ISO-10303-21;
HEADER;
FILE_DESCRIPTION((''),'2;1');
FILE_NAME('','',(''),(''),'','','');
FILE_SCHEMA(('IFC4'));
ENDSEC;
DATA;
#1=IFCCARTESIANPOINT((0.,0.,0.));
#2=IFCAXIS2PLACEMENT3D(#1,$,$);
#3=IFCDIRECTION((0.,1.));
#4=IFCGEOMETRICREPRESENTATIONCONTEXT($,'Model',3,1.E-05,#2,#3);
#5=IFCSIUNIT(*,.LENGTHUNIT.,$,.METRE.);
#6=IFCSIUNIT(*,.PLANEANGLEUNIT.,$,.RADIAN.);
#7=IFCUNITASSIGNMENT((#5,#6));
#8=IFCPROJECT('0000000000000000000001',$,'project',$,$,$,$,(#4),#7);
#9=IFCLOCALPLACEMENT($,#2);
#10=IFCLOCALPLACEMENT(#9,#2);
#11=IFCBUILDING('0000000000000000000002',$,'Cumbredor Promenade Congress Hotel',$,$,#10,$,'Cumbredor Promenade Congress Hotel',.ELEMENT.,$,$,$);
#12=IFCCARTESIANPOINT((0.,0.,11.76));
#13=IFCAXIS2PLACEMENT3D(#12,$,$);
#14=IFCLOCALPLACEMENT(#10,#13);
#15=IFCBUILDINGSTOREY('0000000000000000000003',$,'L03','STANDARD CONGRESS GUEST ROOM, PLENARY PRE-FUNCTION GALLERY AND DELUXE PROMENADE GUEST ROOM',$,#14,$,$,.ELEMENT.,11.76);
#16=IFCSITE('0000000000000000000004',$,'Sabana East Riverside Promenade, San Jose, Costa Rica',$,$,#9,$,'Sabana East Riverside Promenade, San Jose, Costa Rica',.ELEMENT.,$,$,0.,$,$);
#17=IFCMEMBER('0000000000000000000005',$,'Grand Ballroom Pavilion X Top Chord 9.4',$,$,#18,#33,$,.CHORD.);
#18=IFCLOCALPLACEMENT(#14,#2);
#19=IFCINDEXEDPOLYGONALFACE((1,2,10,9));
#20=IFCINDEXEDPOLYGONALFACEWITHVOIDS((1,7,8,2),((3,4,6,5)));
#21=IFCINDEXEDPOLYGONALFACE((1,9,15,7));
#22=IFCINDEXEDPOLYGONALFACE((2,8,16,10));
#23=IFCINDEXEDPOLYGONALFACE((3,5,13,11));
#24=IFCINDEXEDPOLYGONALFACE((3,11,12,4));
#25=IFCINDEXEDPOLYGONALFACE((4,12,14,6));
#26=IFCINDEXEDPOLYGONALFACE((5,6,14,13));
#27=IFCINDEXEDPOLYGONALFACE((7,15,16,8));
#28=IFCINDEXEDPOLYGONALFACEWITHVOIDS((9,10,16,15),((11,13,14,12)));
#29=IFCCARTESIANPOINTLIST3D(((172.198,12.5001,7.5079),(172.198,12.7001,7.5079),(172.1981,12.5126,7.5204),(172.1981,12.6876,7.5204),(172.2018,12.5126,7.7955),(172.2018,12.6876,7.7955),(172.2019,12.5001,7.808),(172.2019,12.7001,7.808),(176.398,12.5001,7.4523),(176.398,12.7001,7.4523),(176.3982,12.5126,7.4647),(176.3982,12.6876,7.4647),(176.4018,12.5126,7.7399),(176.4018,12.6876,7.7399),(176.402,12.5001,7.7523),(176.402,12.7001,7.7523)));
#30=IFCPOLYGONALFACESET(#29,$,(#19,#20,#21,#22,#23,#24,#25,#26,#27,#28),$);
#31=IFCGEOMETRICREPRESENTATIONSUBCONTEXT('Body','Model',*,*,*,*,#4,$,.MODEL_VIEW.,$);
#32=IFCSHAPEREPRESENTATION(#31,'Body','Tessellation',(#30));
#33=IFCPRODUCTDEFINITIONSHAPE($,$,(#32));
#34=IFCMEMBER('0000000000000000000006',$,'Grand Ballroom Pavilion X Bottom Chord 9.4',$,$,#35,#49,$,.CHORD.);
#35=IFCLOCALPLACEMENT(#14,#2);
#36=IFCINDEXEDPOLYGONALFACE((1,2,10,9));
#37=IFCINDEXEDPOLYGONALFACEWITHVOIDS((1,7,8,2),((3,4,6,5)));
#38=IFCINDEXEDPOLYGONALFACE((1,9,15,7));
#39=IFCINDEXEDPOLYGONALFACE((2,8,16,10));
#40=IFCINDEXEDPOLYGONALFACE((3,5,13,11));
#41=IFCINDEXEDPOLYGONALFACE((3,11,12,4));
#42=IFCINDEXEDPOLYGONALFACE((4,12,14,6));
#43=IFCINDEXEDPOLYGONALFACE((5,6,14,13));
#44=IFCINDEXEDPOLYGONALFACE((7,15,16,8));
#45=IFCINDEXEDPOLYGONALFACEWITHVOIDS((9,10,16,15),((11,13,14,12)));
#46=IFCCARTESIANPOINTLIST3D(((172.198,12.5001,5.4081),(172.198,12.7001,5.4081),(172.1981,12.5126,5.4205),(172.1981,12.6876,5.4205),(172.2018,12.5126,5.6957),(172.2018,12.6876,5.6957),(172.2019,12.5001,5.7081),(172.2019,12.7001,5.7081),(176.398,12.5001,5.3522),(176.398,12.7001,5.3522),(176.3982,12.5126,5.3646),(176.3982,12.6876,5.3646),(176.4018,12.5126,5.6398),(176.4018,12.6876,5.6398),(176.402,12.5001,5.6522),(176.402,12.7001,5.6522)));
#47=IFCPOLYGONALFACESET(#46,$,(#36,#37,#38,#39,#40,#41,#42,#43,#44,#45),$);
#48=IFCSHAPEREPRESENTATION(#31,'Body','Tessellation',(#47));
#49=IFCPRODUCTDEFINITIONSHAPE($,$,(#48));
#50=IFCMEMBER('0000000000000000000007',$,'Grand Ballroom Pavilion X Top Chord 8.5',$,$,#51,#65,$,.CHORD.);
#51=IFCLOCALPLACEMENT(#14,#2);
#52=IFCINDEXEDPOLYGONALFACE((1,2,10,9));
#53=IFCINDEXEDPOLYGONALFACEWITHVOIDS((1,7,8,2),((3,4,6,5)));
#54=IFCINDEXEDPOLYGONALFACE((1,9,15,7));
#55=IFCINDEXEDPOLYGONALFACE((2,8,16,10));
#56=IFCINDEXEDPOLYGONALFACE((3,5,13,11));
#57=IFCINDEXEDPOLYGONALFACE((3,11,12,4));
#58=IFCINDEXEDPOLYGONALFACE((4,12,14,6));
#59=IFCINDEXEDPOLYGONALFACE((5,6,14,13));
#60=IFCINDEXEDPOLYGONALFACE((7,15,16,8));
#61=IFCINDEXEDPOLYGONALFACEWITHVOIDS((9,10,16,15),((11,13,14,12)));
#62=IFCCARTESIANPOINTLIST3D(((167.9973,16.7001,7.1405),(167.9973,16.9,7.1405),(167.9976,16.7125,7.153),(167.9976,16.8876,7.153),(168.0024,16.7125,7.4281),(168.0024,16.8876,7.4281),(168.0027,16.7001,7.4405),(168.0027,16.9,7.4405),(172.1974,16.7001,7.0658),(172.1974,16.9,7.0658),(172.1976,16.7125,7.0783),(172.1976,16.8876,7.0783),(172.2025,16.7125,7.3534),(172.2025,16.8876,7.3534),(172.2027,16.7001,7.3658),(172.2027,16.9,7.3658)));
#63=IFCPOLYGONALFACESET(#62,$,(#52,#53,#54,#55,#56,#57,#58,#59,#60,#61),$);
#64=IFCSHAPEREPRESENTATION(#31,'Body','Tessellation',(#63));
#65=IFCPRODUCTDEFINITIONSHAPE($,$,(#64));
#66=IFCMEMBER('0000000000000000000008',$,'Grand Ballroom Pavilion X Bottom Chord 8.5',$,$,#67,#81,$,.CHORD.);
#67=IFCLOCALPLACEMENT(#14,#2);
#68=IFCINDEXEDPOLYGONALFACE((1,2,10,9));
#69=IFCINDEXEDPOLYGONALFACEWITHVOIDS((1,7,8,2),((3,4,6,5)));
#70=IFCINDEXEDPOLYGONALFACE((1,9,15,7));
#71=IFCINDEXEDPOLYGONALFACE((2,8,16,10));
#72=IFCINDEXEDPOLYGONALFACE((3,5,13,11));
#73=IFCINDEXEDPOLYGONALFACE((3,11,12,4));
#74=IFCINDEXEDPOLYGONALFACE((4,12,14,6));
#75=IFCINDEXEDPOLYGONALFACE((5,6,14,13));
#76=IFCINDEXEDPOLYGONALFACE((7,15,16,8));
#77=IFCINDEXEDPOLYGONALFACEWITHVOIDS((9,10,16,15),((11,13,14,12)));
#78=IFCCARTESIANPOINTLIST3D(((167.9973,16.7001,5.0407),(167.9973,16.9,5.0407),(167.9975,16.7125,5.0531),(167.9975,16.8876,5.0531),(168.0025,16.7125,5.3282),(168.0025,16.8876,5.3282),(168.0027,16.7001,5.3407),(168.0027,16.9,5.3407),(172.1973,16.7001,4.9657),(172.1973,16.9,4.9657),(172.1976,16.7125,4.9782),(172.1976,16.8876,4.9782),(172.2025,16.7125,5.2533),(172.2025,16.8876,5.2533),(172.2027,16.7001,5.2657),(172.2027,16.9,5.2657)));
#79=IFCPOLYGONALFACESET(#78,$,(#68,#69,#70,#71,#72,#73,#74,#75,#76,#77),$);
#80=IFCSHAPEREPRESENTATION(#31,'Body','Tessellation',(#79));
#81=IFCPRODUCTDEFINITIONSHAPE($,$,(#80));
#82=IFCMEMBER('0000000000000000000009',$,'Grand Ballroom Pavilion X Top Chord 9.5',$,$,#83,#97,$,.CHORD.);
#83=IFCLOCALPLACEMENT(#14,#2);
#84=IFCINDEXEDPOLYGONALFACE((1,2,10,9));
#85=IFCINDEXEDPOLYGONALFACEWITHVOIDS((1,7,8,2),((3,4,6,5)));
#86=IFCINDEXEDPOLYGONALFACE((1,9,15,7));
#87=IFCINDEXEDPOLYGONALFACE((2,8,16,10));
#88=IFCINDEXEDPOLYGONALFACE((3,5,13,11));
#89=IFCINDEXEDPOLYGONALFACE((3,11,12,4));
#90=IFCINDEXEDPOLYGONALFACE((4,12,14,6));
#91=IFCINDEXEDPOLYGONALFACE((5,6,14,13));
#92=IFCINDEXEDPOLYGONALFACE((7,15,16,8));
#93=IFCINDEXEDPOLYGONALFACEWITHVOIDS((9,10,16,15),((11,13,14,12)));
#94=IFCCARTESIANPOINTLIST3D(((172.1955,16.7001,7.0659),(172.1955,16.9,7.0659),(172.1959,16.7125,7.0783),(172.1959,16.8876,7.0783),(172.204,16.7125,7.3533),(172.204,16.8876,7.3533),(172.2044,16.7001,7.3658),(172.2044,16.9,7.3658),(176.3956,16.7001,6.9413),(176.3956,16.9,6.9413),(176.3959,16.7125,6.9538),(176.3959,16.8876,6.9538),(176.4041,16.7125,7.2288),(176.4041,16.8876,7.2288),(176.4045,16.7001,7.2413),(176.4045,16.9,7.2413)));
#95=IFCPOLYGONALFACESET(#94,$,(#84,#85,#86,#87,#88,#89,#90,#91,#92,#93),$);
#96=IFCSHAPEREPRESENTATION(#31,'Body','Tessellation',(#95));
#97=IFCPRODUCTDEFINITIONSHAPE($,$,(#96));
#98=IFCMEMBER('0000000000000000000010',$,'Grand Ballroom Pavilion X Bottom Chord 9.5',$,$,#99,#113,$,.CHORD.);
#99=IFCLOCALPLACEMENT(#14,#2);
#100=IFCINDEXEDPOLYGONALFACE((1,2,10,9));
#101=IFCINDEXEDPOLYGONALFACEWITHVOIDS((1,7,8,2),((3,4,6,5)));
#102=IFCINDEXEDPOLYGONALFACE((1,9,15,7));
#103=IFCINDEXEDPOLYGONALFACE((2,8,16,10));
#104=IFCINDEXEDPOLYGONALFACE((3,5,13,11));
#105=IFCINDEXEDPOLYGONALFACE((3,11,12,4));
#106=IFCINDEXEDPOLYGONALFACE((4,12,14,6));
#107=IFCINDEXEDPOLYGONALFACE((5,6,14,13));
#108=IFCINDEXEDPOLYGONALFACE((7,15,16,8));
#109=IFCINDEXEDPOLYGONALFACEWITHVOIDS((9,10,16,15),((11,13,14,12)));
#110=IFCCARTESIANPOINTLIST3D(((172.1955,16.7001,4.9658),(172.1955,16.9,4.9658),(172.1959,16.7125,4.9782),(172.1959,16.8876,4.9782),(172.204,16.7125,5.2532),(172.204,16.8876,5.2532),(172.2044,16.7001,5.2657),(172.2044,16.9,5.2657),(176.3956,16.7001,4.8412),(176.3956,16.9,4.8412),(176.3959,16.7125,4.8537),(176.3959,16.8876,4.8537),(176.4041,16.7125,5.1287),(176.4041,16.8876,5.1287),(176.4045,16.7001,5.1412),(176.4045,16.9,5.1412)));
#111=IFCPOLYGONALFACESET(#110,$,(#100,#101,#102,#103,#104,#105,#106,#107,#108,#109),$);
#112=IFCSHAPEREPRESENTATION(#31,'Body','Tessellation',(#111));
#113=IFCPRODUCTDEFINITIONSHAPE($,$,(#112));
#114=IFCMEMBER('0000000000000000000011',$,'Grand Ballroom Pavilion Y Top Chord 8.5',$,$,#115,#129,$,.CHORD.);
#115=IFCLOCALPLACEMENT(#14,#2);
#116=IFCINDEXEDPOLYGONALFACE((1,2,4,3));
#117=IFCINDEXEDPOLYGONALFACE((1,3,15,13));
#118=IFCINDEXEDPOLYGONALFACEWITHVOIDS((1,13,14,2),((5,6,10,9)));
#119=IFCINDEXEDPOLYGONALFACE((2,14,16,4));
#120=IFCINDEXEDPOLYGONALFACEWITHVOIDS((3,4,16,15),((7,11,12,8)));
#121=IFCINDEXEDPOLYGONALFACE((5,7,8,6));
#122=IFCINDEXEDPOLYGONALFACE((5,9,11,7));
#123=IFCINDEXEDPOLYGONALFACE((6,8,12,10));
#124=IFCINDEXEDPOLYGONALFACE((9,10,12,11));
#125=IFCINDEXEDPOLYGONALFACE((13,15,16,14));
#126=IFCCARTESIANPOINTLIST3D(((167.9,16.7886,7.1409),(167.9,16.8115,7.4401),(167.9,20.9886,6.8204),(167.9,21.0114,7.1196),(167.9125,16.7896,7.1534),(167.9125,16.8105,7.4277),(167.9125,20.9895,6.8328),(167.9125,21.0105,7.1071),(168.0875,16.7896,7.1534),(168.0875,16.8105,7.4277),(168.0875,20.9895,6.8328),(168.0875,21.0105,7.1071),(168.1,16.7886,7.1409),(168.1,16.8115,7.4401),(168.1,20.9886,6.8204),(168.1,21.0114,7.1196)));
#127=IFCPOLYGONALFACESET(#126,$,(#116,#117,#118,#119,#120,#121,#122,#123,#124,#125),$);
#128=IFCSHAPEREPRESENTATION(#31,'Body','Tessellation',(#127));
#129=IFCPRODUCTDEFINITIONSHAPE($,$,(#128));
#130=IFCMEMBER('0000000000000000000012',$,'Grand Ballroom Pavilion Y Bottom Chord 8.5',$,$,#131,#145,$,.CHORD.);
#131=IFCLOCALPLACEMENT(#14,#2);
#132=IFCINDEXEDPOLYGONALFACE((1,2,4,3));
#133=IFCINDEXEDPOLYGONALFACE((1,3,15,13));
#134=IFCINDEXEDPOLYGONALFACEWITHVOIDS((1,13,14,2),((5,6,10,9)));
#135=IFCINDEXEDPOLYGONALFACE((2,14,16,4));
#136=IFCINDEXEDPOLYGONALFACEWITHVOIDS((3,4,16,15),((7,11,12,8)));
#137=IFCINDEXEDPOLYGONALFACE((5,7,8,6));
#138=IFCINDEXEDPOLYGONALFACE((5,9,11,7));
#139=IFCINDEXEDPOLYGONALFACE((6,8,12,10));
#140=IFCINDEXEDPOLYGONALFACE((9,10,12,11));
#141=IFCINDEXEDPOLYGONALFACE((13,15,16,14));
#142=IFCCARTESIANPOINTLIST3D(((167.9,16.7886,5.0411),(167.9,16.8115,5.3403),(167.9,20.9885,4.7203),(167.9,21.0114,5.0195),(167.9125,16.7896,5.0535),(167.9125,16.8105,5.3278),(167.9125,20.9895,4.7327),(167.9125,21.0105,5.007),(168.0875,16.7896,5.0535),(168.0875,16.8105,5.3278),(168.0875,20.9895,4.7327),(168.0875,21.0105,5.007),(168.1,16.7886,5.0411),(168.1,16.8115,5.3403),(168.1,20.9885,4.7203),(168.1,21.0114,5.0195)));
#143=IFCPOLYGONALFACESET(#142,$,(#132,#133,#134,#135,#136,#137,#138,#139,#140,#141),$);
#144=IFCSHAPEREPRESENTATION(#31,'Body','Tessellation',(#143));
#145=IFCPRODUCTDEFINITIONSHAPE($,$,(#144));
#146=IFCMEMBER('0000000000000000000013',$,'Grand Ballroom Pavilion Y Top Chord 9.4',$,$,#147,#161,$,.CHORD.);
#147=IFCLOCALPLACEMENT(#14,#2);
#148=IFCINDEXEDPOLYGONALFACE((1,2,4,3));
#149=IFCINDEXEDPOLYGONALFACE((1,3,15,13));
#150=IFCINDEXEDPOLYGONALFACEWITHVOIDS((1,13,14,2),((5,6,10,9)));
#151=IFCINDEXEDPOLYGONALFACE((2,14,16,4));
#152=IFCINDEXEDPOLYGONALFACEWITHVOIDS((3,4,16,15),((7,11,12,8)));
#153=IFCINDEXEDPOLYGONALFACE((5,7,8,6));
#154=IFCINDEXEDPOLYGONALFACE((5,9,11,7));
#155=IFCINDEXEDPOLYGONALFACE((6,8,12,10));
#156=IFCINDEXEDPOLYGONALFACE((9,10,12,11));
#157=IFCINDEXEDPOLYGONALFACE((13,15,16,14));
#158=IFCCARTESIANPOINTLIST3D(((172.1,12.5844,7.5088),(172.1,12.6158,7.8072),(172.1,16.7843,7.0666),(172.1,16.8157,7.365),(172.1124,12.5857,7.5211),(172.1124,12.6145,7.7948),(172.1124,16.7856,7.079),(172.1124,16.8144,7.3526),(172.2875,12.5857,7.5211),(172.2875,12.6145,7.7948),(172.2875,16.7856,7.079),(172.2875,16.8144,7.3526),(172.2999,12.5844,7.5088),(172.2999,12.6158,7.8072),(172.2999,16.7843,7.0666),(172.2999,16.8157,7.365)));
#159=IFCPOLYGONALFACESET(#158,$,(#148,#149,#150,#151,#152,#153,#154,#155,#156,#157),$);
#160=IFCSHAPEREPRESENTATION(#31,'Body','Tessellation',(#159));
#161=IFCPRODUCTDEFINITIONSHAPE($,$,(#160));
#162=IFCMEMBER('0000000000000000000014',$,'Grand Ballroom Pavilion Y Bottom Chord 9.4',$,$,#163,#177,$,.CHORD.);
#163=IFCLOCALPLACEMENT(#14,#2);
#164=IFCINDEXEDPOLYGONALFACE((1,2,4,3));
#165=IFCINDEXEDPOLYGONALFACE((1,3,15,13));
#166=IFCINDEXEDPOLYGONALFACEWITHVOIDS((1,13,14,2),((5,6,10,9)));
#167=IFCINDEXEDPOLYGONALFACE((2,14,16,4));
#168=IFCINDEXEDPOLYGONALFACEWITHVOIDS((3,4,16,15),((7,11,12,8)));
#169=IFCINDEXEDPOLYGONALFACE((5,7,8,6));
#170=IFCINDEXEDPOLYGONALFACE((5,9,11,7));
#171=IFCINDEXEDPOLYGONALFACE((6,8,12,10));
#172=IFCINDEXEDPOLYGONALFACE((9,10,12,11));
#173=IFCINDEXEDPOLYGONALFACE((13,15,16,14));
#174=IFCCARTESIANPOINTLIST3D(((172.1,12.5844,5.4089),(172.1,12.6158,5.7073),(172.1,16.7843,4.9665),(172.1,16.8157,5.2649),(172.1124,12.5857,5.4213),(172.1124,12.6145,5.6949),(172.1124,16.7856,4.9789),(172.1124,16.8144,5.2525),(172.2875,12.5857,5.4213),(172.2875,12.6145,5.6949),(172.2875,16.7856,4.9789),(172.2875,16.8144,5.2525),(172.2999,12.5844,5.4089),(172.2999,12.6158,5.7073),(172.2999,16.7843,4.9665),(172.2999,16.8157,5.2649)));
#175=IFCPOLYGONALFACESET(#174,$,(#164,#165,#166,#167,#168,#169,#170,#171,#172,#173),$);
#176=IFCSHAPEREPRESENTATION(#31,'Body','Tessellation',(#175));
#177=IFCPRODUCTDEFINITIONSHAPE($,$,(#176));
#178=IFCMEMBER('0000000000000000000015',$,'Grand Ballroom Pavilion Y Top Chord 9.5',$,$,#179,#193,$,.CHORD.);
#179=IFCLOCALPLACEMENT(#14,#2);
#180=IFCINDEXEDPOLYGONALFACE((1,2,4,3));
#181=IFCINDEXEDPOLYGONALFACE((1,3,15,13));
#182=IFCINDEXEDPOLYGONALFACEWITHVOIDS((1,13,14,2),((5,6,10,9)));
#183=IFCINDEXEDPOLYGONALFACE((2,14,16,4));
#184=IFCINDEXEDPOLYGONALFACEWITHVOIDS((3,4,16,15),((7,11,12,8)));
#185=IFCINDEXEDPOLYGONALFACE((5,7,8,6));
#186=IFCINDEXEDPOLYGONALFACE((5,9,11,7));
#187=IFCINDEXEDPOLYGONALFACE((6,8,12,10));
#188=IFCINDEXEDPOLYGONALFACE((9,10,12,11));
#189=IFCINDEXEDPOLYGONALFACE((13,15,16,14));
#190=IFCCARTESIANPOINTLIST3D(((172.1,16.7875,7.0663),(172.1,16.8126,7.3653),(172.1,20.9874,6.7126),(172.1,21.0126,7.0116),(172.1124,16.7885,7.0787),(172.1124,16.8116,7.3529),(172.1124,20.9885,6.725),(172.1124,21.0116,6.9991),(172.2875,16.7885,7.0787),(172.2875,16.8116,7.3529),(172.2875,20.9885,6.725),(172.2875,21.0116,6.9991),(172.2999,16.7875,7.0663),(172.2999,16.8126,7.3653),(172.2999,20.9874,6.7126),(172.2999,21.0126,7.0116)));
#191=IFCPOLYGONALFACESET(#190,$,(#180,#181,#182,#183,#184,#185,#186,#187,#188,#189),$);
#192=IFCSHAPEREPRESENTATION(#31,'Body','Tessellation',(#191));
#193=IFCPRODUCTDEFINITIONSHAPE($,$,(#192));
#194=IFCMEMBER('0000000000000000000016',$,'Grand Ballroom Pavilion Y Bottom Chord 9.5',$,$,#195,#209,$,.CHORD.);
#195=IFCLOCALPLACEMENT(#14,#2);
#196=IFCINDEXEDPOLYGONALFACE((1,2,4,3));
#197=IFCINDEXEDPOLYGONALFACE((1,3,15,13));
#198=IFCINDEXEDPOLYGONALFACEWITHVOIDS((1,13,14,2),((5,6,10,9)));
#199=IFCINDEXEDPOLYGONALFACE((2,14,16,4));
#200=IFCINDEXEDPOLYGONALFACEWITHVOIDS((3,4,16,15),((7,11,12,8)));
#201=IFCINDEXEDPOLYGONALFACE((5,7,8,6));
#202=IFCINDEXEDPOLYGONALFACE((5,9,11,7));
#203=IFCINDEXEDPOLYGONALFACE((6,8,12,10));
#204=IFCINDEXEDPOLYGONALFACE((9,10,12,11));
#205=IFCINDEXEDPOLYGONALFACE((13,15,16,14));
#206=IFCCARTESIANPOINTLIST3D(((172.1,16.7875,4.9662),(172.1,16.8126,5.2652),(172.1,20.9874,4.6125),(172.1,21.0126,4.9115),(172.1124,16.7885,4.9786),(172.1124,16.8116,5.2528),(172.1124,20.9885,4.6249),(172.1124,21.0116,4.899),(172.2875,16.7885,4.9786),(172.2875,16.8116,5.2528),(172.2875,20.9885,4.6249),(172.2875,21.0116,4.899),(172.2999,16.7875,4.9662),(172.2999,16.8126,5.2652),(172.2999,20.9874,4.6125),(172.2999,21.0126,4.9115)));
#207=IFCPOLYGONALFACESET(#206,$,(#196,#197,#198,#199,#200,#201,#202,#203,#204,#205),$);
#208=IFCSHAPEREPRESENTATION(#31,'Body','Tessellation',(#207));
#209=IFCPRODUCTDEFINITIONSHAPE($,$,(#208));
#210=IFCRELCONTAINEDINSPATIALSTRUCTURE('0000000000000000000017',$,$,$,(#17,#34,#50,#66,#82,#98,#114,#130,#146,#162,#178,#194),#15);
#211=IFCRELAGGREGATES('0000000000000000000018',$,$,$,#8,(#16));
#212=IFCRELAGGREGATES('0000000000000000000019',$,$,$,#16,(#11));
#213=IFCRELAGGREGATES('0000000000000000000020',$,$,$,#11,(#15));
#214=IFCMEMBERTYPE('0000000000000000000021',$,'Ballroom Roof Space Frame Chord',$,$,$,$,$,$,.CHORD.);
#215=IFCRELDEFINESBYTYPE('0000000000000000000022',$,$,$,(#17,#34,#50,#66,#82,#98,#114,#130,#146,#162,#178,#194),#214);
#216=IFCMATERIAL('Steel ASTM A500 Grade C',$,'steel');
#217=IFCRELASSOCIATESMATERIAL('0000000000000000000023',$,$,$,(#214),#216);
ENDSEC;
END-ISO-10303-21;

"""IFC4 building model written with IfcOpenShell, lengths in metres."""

from ifc_helpers import new_model, si_unit, direction, frame, origin, origin_2d, place, context, subcontext, project, spatial, hollow_rectangle, extrude, material, material_profile, profile_set, type_object, element, save


model = new_model("IFC4")

# Units and contexts
model_context = context("Model", 3, precision=1e-05, world=origin(), true_north=direction((0.0, 1.0)))
body_context = subcontext(model_context, "Body", "Model", "MODEL_VIEW")
ifc_project = project(units=[si_unit("LENGTHUNIT", "METRE"), si_unit("PLANEANGLEUNIT", "RADIAN")], contexts=[model_context])

# Site, building, storey
site_placement = place(None, origin())
site = spatial("IfcSite", under=ifc_project, at=site_placement, Name="Sabana East Riverside Promenade, San Jose, Costa Rica", LongName="Sabana East Riverside Promenade, San Jose, Costa Rica", CompositionType="ELEMENT", RefElevation=0.0)
building_placement = place(site_placement, origin())
building = spatial("IfcBuilding", under=site, at=building_placement, Name="Cumbredor Promenade Congress Hotel", LongName="Cumbredor Promenade Congress Hotel", CompositionType="ELEMENT")
storey_placement = place(building_placement, frame((0.0, 0.0, 11.76)))
storey = spatial("IfcBuildingStorey", under=building, at=storey_placement, Name="L03", Description="STANDARD CONGRESS GUEST ROOM, PLENARY PRE-FUNCTION GALLERY AND DELUXE PROMENADE GUEST ROOM", CompositionType="ELEMENT", Elevation=11.76)

# Members
ifc_material_1 = material(Name="Steel ASTM A500 Grade C", Category="steel")
ifc_material_profile_1 = material_profile(ifc_material_1, hollow_rectangle(XDim=0.2, YDim=0.3, WallThickness=0.0125, at=origin_2d()), Name="HSS 300x200x12.5")
ifc_profile_set_1 = profile_set([ifc_material_profile_1], Name="Steel ASTM A500 Grade C")
member_type_1 = type_object("IfcMemberType", Name="Ballroom Roof Space Frame Chord", PredefinedType="CHORD", material=ifc_profile_set_1)
for number, where, z_axis, x_axis, name in (
    (1, (172.2, 12.6001, 7.658), (0.999912, 0.0, -0.013252), (0.0, 1.0, 0.0), "Grand Ballroom Pavilion X Top Chord 9.4"),
    (2, (172.2, 12.6001, 5.5581), (0.999911, 0.0, -0.01331), (0.0, 1.0, 0.0), "Grand Ballroom Pavilion X Bottom Chord 9.4"),
):
    element("IfcMember", number, at=place(storey_placement, frame(where, z_axis=z_axis, x_axis=x_axis)), inside=storey, type_object=member_type_1, Name=name, PredefinedType="CHORD", context=body_context, shape_type="SweptSolid", body=[
        extrude(hollow_rectangle(XDim=0.2, YDim=0.3, WallThickness=0.0125, at=origin_2d()), origin(), (0.0, 0.0, 1.0), 4.2004),
    ])
for number, where, z_axis, x_axis, name in (
    (3, (168.0, 16.8, 7.2905), (0.999842, 0.0, -0.017785), (0.0, 1.0, 0.0), "Grand Ballroom Pavilion X Top Chord 8.5"),
    (4, (168.0, 16.8, 5.1907), (0.999841, 0.0, -0.017843), (0.0, 1.0, 0.0), "Grand Ballroom Pavilion X Bottom Chord 8.5"),
):
    element("IfcMember", number, at=place(storey_placement, frame(where, z_axis=z_axis, x_axis=x_axis)), inside=storey, type_object=member_type_1, Name=name, PredefinedType="CHORD", context=body_context, shape_type="SweptSolid", body=[
        extrude(hollow_rectangle(XDim=0.2, YDim=0.3, WallThickness=0.0125, at=origin_2d()), origin(), (0.0, 0.0, 1.0), 4.2007),
    ])
for number, where, z_axis, x_axis, name in (
    (5, (172.2, 16.8, 7.2158), (0.999561, 0.0, -0.029633), (0.0, 1.0, 0.0), "Grand Ballroom Pavilion X Top Chord 9.5"),
    (6, (172.2, 16.8, 5.1157), (0.999561, 0.0, -0.029633), (0.0, 1.0, 0.0), "Grand Ballroom Pavilion X Bottom Chord 9.5"),
):
    element("IfcMember", number, at=place(storey_placement, frame(where, z_axis=z_axis, x_axis=x_axis)), inside=storey, type_object=member_type_1, Name=name, PredefinedType="CHORD", context=body_context, shape_type="SweptSolid", body=[
        extrude(hollow_rectangle(XDim=0.2, YDim=0.3, WallThickness=0.0125, at=origin_2d()), origin(), (0.0, 0.0, 1.0), 4.2019),
    ])
for number, where, z_axis, x_axis, name in (
    (7, (168.0, 16.8, 7.2905), (0.0, 0.9971, -0.076103), (-1.0, 0.0, 0.0), "Grand Ballroom Pavilion Y Top Chord 8.5"),
    (8, (168.0, 16.8, 5.1907), (0.0, 0.997096, -0.07616), (-1.0, 0.0, 0.0), "Grand Ballroom Pavilion Y Bottom Chord 8.5"),
):
    element("IfcMember", number, at=place(storey_placement, frame(where, z_axis=z_axis, x_axis=x_axis)), inside=storey, type_object=member_type_1, Name=name, PredefinedType="CHORD", context=body_context, shape_type="SweptSolid", body=[
        extrude(hollow_rectangle(XDim=0.2, YDim=0.3, WallThickness=0.0125, at=origin_2d()), origin(), (0.0, 0.0, 1.0), 4.2122),
    ])
for number, where, z_axis, x_axis, name in (
    (9, (172.2, 12.6001, 7.658), (0.0, 0.994505, -0.104694), (-1.0, 0.0, 0.0), "Grand Ballroom Pavilion Y Top Chord 9.4"),
    (10, (172.2, 12.6001, 5.5581), (0.0, 0.994498, -0.104751), (-1.0, 0.0, 0.0), "Grand Ballroom Pavilion Y Bottom Chord 9.4"),
):
    element("IfcMember", number, at=place(storey_placement, frame(where, z_axis=z_axis, x_axis=x_axis)), inside=storey, type_object=member_type_1, Name=name, PredefinedType="CHORD", context=body_context, shape_type="SweptSolid", body=[
        extrude(hollow_rectangle(XDim=0.2, YDim=0.3, WallThickness=0.0125, at=origin_2d()), origin(), (0.0, 0.0, 1.0), 4.2231),
    ])
for number, where, z_axis, x_axis, name in (
    (11, (172.2, 16.8, 7.2158), (0.0, 0.996471, -0.083932), (-1.0, 0.0, 0.0), "Grand Ballroom Pavilion Y Top Chord 9.5"),
    (12, (172.2, 16.8, 5.1157), (0.0, 0.996471, -0.083932), (-1.0, 0.0, 0.0), "Grand Ballroom Pavilion Y Bottom Chord 9.5"),
):
    element("IfcMember", number, at=place(storey_placement, frame(where, z_axis=z_axis, x_axis=x_axis)), inside=storey, type_object=member_type_1, Name=name, PredefinedType="CHORD", context=body_context, shape_type="SweptSolid", body=[
        extrude(hollow_rectangle(XDim=0.2, YDim=0.3, WallThickness=0.0125, at=origin_2d()), origin(), (0.0, 0.0, 1.0), 4.2148),
    ])

save(model, "model.ifc")
